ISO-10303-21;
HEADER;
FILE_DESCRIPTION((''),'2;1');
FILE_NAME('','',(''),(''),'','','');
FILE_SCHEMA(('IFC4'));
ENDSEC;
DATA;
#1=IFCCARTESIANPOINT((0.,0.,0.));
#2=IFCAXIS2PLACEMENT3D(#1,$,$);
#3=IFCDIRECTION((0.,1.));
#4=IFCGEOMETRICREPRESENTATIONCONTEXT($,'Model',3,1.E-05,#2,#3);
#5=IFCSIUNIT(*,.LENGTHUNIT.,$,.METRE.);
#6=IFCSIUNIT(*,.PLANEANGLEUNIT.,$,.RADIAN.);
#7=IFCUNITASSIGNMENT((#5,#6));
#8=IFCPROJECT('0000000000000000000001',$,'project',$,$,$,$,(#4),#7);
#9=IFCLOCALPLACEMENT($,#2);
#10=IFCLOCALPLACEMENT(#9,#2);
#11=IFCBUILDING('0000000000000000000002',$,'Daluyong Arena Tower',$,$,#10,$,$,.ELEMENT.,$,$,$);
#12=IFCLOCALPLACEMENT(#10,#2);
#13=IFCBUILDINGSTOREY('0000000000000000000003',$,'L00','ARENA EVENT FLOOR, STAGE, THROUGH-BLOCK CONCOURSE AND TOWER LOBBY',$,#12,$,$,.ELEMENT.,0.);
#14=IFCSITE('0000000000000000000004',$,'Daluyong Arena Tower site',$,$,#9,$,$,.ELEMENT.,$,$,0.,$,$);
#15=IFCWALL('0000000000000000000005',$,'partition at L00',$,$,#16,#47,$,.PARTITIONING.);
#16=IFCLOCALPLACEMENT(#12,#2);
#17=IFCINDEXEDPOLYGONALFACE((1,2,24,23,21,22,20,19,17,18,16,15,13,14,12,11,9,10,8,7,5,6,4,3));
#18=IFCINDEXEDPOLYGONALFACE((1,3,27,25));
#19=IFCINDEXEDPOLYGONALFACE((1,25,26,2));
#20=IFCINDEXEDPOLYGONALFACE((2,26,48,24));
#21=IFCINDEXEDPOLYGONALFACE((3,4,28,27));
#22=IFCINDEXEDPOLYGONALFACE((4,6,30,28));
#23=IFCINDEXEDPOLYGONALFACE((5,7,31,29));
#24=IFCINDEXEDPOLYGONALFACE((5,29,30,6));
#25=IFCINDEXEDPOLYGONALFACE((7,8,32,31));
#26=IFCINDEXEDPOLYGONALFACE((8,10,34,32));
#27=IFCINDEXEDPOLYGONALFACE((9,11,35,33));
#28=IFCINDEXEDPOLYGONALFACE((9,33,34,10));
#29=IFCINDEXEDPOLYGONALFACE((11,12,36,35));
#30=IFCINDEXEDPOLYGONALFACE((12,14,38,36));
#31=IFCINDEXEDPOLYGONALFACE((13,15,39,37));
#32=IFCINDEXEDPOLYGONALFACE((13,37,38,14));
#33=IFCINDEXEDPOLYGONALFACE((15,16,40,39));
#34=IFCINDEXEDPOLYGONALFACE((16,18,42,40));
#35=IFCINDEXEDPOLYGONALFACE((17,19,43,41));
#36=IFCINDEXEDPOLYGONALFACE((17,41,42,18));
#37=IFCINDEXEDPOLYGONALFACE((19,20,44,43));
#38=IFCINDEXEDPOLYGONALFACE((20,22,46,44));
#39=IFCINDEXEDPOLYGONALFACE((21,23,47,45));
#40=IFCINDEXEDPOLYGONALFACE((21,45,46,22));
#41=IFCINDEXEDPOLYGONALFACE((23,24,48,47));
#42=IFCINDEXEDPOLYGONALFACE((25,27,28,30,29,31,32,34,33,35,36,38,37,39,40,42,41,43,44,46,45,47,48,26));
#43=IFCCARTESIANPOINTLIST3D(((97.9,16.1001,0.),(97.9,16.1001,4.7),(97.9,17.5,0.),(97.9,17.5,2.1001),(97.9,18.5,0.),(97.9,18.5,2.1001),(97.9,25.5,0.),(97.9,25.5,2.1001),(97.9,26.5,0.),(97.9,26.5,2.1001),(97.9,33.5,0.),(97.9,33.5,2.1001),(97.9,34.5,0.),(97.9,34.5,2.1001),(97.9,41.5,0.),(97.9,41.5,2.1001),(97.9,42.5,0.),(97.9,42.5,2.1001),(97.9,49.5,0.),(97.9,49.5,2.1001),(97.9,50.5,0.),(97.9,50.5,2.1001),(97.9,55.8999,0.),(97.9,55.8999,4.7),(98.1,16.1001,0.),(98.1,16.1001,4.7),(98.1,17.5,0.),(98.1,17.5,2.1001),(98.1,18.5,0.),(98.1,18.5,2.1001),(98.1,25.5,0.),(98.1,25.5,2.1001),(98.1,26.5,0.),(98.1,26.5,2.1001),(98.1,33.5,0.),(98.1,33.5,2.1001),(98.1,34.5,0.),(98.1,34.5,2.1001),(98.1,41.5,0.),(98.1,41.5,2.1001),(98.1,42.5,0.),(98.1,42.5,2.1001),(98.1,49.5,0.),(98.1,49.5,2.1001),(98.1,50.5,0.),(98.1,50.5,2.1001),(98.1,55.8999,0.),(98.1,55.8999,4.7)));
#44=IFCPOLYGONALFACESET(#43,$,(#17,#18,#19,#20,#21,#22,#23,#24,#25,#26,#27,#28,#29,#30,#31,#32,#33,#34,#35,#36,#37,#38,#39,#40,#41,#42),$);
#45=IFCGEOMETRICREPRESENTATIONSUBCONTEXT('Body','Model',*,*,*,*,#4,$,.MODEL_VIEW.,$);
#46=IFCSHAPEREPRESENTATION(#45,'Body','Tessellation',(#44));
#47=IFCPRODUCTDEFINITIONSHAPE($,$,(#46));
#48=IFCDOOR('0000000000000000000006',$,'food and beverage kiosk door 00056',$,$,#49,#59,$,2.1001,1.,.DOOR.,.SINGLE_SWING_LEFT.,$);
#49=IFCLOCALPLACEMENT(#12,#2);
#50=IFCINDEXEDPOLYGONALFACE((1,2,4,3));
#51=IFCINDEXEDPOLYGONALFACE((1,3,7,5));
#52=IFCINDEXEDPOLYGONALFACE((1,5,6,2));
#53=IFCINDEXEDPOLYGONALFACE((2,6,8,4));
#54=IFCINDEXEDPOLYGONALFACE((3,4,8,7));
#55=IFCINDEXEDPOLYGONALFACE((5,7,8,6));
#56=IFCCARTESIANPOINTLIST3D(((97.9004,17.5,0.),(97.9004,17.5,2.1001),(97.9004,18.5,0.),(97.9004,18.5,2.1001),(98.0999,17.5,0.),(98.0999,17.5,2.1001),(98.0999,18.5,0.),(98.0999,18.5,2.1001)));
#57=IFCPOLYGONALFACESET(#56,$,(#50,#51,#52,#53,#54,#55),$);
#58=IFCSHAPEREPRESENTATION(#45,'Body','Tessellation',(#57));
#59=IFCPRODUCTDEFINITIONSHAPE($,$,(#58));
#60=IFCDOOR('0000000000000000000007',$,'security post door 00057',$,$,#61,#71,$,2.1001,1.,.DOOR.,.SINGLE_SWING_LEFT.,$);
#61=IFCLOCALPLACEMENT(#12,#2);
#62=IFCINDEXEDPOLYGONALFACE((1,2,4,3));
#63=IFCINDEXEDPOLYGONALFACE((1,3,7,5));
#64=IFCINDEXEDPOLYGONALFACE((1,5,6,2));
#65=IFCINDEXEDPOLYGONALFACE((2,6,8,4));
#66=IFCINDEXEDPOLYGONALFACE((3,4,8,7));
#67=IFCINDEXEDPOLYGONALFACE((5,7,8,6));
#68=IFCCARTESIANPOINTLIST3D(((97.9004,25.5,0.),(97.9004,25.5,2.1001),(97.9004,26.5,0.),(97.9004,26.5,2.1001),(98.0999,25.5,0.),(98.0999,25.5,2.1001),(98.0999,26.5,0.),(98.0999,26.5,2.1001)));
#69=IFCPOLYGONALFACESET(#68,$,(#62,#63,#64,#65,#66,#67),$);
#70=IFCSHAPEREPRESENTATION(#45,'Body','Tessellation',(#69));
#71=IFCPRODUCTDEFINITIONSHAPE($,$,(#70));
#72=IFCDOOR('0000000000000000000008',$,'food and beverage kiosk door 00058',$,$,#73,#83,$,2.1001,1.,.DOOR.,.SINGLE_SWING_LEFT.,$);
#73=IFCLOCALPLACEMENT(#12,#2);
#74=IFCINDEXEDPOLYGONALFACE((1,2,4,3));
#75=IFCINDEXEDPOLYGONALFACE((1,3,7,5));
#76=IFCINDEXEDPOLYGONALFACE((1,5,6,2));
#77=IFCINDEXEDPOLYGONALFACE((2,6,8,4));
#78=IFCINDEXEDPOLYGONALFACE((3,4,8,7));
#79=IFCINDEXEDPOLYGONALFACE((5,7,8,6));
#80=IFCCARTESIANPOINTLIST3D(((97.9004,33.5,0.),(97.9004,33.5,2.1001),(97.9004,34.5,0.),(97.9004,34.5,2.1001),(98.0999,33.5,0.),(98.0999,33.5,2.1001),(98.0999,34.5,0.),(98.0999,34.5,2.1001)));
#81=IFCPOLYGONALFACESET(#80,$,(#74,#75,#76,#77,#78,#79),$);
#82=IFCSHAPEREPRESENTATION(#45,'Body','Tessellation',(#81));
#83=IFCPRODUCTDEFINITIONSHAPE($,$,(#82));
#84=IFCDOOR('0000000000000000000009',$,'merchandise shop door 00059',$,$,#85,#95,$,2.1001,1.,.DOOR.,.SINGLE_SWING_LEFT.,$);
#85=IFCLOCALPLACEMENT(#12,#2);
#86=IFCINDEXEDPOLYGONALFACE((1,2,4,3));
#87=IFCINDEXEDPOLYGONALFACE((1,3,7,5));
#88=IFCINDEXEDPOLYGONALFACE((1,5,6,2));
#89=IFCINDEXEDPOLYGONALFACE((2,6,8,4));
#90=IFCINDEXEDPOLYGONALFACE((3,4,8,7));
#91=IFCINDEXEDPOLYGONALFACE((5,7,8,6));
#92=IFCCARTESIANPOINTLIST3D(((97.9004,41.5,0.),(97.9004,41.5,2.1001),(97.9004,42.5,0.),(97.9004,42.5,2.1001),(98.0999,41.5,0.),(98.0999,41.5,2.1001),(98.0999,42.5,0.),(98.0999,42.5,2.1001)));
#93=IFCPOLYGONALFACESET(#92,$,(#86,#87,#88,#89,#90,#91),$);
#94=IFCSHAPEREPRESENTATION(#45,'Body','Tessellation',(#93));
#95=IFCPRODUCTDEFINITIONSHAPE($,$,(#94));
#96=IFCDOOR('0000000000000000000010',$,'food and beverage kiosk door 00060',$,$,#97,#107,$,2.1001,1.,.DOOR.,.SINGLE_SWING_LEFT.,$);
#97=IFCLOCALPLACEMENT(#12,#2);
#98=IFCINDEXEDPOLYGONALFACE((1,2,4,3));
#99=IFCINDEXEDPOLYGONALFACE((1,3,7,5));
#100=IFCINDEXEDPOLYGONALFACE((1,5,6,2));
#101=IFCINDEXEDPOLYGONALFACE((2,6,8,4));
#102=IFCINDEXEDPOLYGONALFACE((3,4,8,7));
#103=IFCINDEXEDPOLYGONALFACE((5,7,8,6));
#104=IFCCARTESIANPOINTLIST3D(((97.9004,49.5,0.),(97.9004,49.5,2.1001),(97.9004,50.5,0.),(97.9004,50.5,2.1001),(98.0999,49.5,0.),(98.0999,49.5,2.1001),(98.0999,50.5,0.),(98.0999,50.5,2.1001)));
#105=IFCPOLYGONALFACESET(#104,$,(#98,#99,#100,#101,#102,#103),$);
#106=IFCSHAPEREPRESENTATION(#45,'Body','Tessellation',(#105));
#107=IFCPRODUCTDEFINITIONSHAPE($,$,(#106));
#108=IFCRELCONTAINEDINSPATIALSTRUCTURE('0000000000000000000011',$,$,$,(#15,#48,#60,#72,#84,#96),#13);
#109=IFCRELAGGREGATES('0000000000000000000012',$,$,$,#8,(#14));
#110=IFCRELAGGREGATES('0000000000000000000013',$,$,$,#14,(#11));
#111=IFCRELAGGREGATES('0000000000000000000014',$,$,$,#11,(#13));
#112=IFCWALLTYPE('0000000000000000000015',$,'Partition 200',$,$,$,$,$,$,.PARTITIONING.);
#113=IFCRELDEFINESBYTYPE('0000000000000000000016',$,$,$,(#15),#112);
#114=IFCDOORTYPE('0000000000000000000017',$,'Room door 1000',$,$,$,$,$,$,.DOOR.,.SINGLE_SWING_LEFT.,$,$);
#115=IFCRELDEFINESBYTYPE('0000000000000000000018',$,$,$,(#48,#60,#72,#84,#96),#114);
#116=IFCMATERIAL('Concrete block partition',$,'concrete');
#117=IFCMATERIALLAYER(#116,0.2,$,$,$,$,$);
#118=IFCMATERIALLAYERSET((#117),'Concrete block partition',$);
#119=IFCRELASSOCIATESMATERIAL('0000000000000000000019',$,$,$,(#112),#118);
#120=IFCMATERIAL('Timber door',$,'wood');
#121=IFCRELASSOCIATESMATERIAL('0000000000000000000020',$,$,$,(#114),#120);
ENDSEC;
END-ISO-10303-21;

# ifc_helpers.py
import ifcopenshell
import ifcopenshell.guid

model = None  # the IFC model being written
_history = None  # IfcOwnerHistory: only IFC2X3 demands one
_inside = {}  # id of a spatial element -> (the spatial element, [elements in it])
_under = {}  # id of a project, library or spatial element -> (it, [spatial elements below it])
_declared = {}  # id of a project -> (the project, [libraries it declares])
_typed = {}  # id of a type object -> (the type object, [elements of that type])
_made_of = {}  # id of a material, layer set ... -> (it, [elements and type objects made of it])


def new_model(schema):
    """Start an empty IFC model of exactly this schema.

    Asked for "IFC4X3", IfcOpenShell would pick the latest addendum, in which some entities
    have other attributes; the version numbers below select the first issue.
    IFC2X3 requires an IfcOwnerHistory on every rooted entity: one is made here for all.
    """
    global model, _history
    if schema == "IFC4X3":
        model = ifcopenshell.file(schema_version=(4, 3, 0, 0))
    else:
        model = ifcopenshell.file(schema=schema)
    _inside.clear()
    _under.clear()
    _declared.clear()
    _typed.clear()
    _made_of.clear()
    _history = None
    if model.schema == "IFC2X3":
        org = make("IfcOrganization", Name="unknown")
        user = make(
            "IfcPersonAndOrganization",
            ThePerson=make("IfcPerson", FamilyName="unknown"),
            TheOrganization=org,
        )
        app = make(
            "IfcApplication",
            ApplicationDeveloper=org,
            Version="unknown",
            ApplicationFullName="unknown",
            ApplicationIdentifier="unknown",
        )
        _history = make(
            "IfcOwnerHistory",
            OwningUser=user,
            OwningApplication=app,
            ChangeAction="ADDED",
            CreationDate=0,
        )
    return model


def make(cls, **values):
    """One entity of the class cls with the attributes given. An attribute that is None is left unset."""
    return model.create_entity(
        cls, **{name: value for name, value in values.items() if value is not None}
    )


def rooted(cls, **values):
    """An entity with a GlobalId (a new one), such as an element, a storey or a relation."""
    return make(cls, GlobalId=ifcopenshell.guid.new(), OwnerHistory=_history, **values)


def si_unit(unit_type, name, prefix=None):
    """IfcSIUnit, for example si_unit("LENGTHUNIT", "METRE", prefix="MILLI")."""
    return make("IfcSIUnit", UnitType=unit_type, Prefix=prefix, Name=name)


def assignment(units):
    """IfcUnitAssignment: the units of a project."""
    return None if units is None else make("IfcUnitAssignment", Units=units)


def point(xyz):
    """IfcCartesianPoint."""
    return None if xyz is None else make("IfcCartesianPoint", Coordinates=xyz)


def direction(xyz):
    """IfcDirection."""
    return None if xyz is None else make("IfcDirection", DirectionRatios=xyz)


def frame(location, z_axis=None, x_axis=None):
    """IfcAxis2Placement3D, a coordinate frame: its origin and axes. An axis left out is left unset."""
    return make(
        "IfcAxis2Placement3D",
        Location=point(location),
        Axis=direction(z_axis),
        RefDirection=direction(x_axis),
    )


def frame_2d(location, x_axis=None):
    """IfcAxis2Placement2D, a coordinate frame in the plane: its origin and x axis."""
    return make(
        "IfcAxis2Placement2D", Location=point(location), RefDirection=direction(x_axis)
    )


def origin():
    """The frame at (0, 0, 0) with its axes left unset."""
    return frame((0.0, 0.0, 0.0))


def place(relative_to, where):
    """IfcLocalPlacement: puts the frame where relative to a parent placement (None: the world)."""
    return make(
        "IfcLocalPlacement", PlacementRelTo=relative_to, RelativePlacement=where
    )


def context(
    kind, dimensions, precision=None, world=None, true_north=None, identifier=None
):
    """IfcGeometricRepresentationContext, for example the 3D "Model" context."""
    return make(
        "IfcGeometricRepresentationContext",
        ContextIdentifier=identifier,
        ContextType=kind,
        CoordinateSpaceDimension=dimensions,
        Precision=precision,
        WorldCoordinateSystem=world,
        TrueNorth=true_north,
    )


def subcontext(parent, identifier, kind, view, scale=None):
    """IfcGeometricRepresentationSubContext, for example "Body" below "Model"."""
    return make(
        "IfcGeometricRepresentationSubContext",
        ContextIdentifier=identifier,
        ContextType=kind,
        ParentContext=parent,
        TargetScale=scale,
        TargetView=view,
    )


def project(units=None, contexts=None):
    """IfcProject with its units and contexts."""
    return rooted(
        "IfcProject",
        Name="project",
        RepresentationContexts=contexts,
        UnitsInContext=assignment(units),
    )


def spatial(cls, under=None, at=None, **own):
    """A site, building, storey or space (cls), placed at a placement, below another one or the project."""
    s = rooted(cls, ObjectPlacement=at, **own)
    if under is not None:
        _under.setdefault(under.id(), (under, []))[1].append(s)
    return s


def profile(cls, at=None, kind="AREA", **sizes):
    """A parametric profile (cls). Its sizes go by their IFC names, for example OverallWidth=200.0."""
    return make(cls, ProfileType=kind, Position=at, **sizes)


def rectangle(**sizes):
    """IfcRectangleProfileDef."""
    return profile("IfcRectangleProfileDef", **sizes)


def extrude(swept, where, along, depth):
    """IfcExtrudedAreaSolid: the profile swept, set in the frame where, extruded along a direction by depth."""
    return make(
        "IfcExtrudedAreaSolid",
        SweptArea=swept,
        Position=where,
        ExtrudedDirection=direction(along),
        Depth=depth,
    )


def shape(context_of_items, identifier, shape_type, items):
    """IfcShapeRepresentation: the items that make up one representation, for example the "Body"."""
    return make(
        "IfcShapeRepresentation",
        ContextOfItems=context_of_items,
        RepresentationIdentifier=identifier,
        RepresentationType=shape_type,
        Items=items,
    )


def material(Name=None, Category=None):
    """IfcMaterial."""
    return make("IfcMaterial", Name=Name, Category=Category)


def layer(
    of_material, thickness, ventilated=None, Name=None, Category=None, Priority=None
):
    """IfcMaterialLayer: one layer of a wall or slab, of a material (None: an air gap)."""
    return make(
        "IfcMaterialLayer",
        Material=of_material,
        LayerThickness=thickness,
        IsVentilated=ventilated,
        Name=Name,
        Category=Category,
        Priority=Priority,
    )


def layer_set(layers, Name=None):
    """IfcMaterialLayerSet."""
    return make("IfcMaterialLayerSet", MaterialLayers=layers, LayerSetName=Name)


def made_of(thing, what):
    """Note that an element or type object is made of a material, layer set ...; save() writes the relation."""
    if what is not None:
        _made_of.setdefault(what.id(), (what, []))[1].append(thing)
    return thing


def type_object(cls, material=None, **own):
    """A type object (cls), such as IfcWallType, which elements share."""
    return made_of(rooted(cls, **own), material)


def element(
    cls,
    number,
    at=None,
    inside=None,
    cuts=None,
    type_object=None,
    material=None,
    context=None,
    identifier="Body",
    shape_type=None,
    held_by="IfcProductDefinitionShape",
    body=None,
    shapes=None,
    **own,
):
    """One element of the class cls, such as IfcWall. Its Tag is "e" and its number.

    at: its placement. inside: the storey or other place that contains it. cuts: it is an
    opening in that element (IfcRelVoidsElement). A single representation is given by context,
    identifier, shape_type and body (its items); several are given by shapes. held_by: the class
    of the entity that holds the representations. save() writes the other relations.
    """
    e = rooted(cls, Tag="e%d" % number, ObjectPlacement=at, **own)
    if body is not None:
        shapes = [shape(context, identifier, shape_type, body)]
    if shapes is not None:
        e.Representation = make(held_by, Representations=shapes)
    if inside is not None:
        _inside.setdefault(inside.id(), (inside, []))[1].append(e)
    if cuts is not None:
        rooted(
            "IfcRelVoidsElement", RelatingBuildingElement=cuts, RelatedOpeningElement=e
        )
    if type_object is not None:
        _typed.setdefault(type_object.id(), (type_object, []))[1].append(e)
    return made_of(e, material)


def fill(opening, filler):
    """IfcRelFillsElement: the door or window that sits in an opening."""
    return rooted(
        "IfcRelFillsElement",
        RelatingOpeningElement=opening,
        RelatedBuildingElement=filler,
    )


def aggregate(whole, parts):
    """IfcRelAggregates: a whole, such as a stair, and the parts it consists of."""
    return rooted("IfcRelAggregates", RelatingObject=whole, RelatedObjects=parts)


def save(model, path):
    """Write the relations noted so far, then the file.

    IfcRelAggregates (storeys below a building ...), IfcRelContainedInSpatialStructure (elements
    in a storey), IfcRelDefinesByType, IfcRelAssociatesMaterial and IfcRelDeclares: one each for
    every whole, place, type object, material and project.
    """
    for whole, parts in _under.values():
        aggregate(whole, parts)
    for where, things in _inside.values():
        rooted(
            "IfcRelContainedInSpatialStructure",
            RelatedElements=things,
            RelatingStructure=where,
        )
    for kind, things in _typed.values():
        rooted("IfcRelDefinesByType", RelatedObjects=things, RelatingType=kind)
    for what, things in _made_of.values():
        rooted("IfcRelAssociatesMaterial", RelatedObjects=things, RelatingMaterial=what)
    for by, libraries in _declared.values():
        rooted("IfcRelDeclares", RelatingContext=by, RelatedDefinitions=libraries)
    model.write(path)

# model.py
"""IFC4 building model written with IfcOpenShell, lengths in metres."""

from ifc_helpers import new_model, si_unit, direction, frame, frame_2d, origin, place, context, subcontext, project, spatial, rectangle, extrude, material, layer, layer_set, type_object, element, fill, save


model = new_model("IFC4")

# Units and contexts
model_context = context("Model", 3, precision=1e-05, world=origin(), true_north=direction((0.0, 1.0)))
body_context = subcontext(model_context, "Body", "Model", "MODEL_VIEW")
ifc_project = project(units=[si_unit("LENGTHUNIT", "METRE"), si_unit("PLANEANGLEUNIT", "RADIAN")], contexts=[model_context])

# Site, building, storey
site_placement = place(None, origin())
site = spatial("IfcSite", under=ifc_project, at=site_placement, Name="Daluyong Arena Tower site", CompositionType="ELEMENT", RefElevation=0.0)
building_placement = place(site_placement, origin())
building = spatial("IfcBuilding", under=site, at=building_placement, Name="Daluyong Arena Tower", CompositionType="ELEMENT")
storey_placement = place(building_placement, origin())
storey = spatial("IfcBuildingStorey", under=building, at=storey_placement, Name="L00", Description="ARENA EVENT FLOOR, STAGE, THROUGH-BLOCK CONCOURSE AND TOWER LOBBY", CompositionType="ELEMENT", Elevation=0.0)

# Shared definitions
ifc_material_1 = material(Name="Concrete block partition", Category="concrete")
ifc_layer_1 = layer(ifc_material_1, 0.2)
ifc_layer_set_1 = layer_set([ifc_layer_1], Name="Concrete block partition")
wall_type = type_object("IfcWallType", Name="Partition 200", PredefinedType="PARTITIONING", material=ifc_layer_set_1)

# Wall, openings, doors
wall_1_placement = place(storey_placement, frame((98.0, 16.1001, 0.0), z_axis=(0.0, 0.0, 1.0), x_axis=(0.0, 1.0, 0.0)))
wall_1 = element("IfcWall", 1, at=wall_1_placement, inside=storey, type_object=wall_type, Name="partition at L00", PredefinedType="PARTITIONING", context=body_context, shape_type="SweptSolid", body=[
    extrude(rectangle(XDim=39.7998, YDim=0.2, at=frame_2d((19.8999, 0.0))), origin(), (0.0, 0.0, 1.0), 4.7),
])
opening_1_placement = place(wall_1_placement, frame((1.3999, 0.0, 0.0)))
opening_1 = element("IfcOpeningElement", 2, at=opening_1_placement, cuts=wall_1, PredefinedType="OPENING", context=body_context, shape_type="SweptSolid", body=[
    extrude(rectangle(XDim=1.0, YDim=2.1001, at=frame_2d((0.5, 1.05))), frame((0.0, 0.1099, 0.0), z_axis=(0.0, -1.0, 0.0), x_axis=(1.0, 0.0, 0.0)), (0.0, 0.0, 1.0), 0.22),
])
opening_2_placement = place(wall_1_placement, frame((9.3999, 0.0, 0.0)))
opening_2 = element("IfcOpeningElement", 3, at=opening_2_placement, cuts=wall_1, PredefinedType="OPENING", context=body_context, shape_type="SweptSolid", body=[
    extrude(rectangle(XDim=1.0, YDim=2.1001, at=frame_2d((0.5, 1.05))), frame((0.0, 0.1099, 0.0), z_axis=(0.0, -1.0, 0.0), x_axis=(1.0, 0.0, 0.0)), (0.0, 0.0, 1.0), 0.22),
])
opening_3_placement = place(wall_1_placement, frame((17.3999, 0.0, 0.0)))
opening_3 = element("IfcOpeningElement", 4, at=opening_3_placement, cuts=wall_1, PredefinedType="OPENING", context=body_context, shape_type="SweptSolid", body=[
    extrude(rectangle(XDim=1.0, YDim=2.1001, at=frame_2d((0.5, 1.05))), frame((0.0, 0.1099, 0.0), z_axis=(0.0, -1.0, 0.0), x_axis=(1.0, 0.0, 0.0)), (0.0, 0.0, 1.0), 0.22),
])
opening_4_placement = place(wall_1_placement, frame((25.3999, 0.0, 0.0)))
opening_4 = element("IfcOpeningElement", 5, at=opening_4_placement, cuts=wall_1, PredefinedType="OPENING", context=body_context, shape_type="SweptSolid", body=[
    extrude(rectangle(XDim=1.0, YDim=2.1001, at=frame_2d((0.5, 1.05))), frame((0.0, 0.1099, 0.0), z_axis=(0.0, -1.0, 0.0), x_axis=(1.0, 0.0, 0.0)), (0.0, 0.0, 1.0), 0.22),
])
opening_5_placement = place(wall_1_placement, frame((33.3999, 0.0, 0.0)))
opening_5 = element("IfcOpeningElement", 6, at=opening_5_placement, cuts=wall_1, PredefinedType="OPENING", context=body_context, shape_type="SweptSolid", body=[
    extrude(rectangle(XDim=1.0, YDim=2.1001, at=frame_2d((0.5, 1.05))), frame((0.0, 0.1099, 0.0), z_axis=(0.0, -1.0, 0.0), x_axis=(1.0, 0.0, 0.0)), (0.0, 0.0, 1.0), 0.22),
])
ifc_material_2 = material(Name="Timber door", Category="wood")
door_type_1 = type_object("IfcDoorType", Name="Room door 1000", OperationType="SINGLE_SWING_LEFT", PredefinedType="DOOR", material=ifc_material_2)
door_1_placement = place(opening_1_placement, origin())
door_1 = element("IfcDoor", 7, at=door_1_placement, inside=storey, type_object=door_type_1, Name="food and beverage kiosk door 00056", OperationType="SINGLE_SWING_LEFT", OverallHeight=2.1001, OverallWidth=1.0, PredefinedType="DOOR", context=body_context, shape_type="SweptSolid", body=[
    extrude(rectangle(XDim=1.0, YDim=2.1001, at=frame_2d((0.5, 1.05))), frame((0.0, 0.0996, 0.0), z_axis=(0.0, -1.0, 0.0), x_axis=(1.0, 0.0, 0.0)), (0.0, 0.0, 1.0), 0.1995),
])
fill(opening_1, door_1)
door_2_placement = place(opening_2_placement, origin())
door_2 = element("IfcDoor", 8, at=door_2_placement, inside=storey, type_object=door_type_1, Name="security post door 00057", OperationType="SINGLE_SWING_LEFT", OverallHeight=2.1001, OverallWidth=1.0, PredefinedType="DOOR", context=body_context, shape_type="SweptSolid", body=[
    extrude(rectangle(XDim=1.0, YDim=2.1001, at=frame_2d((0.5, 1.05))), frame((0.0, 0.0996, 0.0), z_axis=(0.0, -1.0, 0.0), x_axis=(1.0, 0.0, 0.0)), (0.0, 0.0, 1.0), 0.1995),
])
fill(opening_2, door_2)
door_3_placement = place(opening_3_placement, origin())
door_3 = element("IfcDoor", 9, at=door_3_placement, inside=storey, type_object=door_type_1, Name="food and beverage kiosk door 00058", OperationType="SINGLE_SWING_LEFT", OverallHeight=2.1001, OverallWidth=1.0, PredefinedType="DOOR", context=body_context, shape_type="SweptSolid", body=[
    extrude(rectangle(XDim=1.0, YDim=2.1001, at=frame_2d((0.5, 1.05))), frame((0.0, 0.0996, 0.0), z_axis=(0.0, -1.0, 0.0), x_axis=(1.0, 0.0, 0.0)), (0.0, 0.0, 1.0), 0.1995),
])
fill(opening_3, door_3)
door_4_placement = place(opening_4_placement, origin())
door_4 = element("IfcDoor", 10, at=door_4_placement, inside=storey, type_object=door_type_1, Name="merchandise shop door 00059", OperationType="SINGLE_SWING_LEFT", OverallHeight=2.1001, OverallWidth=1.0, PredefinedType="DOOR", context=body_context, shape_type="SweptSolid", body=[
    extrude(rectangle(XDim=1.0, YDim=2.1001, at=frame_2d((0.5, 1.05))), frame((0.0, 0.0996, 0.0), z_axis=(0.0, -1.0, 0.0), x_axis=(1.0, 0.0, 0.0)), (0.0, 0.0, 1.0), 0.1995),
])
fill(opening_4, door_4)
door_5_placement = place(opening_5_placement, origin())
door_5 = element("IfcDoor", 11, at=door_5_placement, inside=storey, type_object=door_type_1, Name="food and beverage kiosk door 00060", OperationType="SINGLE_SWING_LEFT", OverallHeight=2.1001, OverallWidth=1.0, PredefinedType="DOOR", context=body_context, shape_type="SweptSolid", body=[
    extrude(rectangle(XDim=1.0, YDim=2.1001, at=frame_2d((0.5, 1.05))), frame((0.0, 0.0996, 0.0), z_axis=(0.0, -1.0, 0.0), x_axis=(1.0, 0.0, 0.0)), (0.0, 0.0, 1.0), 0.1995),
])
fill(opening_5, door_5)

save(model, "model.ifc")
